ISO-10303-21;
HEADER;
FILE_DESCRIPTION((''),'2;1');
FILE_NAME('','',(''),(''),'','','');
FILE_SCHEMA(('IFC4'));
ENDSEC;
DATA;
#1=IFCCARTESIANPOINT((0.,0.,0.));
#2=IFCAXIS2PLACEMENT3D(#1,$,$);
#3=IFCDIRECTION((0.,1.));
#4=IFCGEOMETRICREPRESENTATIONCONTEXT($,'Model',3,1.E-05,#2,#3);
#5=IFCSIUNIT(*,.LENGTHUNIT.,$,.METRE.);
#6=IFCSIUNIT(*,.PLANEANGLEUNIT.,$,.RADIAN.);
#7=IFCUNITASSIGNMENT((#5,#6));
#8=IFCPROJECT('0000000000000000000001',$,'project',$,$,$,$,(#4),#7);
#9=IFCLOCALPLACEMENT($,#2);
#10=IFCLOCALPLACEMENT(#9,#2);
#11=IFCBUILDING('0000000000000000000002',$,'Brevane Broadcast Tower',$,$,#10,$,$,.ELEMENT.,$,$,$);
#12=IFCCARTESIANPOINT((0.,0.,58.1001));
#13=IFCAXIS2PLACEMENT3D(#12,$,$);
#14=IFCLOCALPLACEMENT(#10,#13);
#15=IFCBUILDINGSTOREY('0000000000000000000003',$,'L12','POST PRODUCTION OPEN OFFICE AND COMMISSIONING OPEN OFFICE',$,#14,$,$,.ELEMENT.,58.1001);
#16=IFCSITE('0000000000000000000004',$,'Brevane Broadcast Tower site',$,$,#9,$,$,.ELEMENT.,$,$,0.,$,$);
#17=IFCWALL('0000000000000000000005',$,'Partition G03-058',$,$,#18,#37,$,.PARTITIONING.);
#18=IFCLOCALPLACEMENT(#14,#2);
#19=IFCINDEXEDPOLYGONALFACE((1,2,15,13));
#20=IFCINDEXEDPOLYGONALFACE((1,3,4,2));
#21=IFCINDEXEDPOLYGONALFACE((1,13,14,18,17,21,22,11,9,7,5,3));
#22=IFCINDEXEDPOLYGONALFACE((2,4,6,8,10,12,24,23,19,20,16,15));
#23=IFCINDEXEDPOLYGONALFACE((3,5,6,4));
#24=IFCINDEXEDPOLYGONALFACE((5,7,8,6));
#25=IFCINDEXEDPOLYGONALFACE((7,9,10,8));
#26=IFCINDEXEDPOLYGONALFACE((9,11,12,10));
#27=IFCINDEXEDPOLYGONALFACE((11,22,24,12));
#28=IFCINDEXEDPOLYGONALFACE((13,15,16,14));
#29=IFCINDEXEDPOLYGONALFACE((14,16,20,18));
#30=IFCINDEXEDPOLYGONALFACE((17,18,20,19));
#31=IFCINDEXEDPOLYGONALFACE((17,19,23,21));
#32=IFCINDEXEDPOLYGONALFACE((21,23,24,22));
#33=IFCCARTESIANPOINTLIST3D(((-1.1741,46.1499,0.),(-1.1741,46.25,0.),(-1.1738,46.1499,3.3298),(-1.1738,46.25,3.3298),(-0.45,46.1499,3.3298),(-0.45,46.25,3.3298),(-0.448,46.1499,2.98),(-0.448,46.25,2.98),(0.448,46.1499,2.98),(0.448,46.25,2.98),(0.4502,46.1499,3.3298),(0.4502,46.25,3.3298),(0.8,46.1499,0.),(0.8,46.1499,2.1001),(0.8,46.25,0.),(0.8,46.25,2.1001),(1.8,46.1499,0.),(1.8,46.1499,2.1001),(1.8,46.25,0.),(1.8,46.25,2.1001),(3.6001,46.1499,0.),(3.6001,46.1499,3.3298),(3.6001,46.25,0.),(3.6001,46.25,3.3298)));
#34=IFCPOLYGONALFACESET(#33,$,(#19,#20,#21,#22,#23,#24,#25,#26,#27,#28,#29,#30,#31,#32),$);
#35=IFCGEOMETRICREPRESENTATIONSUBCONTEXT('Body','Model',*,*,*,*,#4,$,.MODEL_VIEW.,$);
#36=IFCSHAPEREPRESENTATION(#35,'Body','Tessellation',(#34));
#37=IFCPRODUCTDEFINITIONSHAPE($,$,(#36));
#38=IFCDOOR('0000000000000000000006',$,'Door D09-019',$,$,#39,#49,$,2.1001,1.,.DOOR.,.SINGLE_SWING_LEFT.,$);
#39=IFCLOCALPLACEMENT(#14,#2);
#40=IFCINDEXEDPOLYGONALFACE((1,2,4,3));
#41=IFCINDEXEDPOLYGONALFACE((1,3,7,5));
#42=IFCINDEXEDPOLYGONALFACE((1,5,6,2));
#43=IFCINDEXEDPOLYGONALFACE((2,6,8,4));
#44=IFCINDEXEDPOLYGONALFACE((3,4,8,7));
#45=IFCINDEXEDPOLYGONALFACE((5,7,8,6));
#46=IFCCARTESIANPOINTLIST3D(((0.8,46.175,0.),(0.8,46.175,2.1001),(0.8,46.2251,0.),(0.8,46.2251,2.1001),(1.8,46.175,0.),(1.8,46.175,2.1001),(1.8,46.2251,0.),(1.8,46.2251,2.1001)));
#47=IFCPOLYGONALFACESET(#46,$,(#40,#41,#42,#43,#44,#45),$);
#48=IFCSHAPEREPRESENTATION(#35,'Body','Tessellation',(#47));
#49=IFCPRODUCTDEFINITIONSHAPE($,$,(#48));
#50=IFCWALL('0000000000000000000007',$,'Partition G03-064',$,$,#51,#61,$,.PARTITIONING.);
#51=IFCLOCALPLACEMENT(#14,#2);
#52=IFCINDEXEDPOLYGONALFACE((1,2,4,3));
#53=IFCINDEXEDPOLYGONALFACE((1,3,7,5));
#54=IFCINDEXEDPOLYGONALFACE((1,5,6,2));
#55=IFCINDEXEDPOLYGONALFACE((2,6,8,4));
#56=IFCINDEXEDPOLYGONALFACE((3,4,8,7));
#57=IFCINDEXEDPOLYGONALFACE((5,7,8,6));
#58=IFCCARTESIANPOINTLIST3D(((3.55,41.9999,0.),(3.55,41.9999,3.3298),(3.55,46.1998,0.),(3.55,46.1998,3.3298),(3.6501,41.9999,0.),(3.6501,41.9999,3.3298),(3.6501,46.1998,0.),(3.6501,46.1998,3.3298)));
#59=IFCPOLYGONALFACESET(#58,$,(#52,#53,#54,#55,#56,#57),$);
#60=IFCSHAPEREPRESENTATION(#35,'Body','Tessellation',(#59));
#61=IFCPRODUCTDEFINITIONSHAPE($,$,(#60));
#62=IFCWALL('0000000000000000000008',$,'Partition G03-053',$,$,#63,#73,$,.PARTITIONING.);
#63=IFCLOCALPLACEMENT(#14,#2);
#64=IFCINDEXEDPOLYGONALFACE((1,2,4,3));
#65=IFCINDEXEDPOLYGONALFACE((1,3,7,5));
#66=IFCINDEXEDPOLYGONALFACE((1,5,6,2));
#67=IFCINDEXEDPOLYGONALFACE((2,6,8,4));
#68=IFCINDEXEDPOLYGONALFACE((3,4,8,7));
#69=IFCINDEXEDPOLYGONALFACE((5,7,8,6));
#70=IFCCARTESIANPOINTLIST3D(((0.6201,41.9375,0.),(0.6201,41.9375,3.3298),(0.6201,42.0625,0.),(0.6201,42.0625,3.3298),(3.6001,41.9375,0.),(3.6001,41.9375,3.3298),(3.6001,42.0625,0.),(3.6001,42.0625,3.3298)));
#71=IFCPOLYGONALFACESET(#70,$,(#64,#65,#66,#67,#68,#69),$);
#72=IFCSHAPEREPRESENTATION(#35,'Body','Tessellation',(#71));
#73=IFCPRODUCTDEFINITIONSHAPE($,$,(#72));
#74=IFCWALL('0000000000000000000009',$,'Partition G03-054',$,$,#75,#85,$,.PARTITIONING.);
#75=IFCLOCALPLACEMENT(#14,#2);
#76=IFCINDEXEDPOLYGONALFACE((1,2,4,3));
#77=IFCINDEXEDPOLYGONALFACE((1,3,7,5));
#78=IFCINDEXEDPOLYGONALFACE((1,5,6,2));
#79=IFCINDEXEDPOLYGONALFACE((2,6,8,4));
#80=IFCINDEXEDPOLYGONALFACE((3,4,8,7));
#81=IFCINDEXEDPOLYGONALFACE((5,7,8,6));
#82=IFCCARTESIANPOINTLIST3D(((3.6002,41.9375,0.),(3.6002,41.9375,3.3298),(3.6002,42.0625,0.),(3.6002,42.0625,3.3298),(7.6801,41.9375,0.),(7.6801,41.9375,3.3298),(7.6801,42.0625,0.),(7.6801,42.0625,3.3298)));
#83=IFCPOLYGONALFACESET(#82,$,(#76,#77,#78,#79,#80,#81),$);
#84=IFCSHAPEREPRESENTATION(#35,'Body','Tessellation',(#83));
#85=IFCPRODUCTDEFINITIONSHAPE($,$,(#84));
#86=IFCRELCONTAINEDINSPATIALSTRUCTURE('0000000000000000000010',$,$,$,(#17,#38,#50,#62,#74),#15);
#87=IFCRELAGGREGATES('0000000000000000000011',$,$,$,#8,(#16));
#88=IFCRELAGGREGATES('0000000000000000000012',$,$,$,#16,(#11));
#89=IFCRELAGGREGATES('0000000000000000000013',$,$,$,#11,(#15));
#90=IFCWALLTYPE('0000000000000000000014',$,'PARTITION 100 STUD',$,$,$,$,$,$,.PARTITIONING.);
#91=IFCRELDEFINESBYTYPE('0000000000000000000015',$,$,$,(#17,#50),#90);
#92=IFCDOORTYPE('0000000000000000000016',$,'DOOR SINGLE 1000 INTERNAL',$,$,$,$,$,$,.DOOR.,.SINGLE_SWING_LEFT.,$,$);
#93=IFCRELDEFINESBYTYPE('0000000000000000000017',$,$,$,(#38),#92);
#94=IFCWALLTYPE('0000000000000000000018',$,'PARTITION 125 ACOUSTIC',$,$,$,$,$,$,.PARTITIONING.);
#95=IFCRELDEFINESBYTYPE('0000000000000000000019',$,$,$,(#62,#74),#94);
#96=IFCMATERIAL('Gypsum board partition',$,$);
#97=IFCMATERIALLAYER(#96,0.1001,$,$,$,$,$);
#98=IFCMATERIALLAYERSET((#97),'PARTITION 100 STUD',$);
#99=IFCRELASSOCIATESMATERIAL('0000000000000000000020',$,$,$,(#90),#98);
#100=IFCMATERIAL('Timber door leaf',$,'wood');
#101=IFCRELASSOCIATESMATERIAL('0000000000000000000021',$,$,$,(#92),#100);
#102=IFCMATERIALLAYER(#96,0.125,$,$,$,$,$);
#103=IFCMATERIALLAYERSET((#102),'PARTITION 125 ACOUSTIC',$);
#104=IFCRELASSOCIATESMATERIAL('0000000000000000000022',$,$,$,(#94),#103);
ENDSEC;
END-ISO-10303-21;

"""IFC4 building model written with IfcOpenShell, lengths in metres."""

from ifc_helpers import new_model, si_unit, direction, frame, frame_2d, origin, place, context, subcontext, project, spatial, polyline, rectangle, outline, extrude, material, layer, layer_set, type_object, element, fill, save


model = new_model("IFC4")

# Units and contexts
model_context = context("Model", 3, precision=1e-05, world=origin(), true_north=direction((0.0, 1.0)))
body_context = subcontext(model_context, "Body", "Model", "MODEL_VIEW")
ifc_project = project(units=[si_unit("LENGTHUNIT", "METRE"), si_unit("PLANEANGLEUNIT", "RADIAN")], contexts=[model_context])

# Site, building, storey
site_placement = place(None, origin())
site = spatial("IfcSite", under=ifc_project, at=site_placement, Name="Brevane Broadcast Tower site", CompositionType="ELEMENT", RefElevation=0.0)
building_placement = place(site_placement, origin())
building = spatial("IfcBuilding", under=site, at=building_placement, Name="Brevane Broadcast Tower", CompositionType="ELEMENT")
storey_placement = place(building_placement, frame((0.0, 0.0, 58.1001)))
storey = spatial("IfcBuildingStorey", under=building, at=storey_placement, Name="L12", Description="POST PRODUCTION OPEN OFFICE AND COMMISSIONING OPEN OFFICE", CompositionType="ELEMENT", Elevation=58.1001)

# Wall, opening, door
ifc_material_1 = material(Name="Gypsum board partition")
ifc_layer_1 = layer(ifc_material_1, 0.1001)
ifc_layer_set_1 = layer_set([ifc_layer_1], Name="PARTITION 100 STUD")
wall_type_1 = type_object("IfcWallType", Name="PARTITION 100 STUD", PredefinedType="PARTITIONING", material=ifc_layer_set_1)
ifc_material_2 = material(Name="Timber door leaf", Category="wood")
door_type = type_object("IfcDoorType", Name="DOOR SINGLE 1000 INTERNAL", OperationType="SINGLE_SWING_LEFT", PredefinedType="DOOR", material=ifc_material_2)
wall_1_placement = place(storey_placement, frame((3.6001, 46.2, 0.0), z_axis=(0.0, 0.0, 1.0), x_axis=(-1.0, 0.0, 0.0)))
wall_1 = element("IfcWall", 1, at=wall_1_placement, inside=storey, type_object=wall_type_1, Name="Partition G03-058", PredefinedType="PARTITIONING", context=body_context, shape_type="SweptSolid", body=[
    extrude(outline(polyline([(0.0, 0.0), (4.7742, 0.0), (4.7739, 3.3298), (4.7, 3.3298), (4.05, 3.3298), (4.0481, 2.98), (3.1521, 2.98), (3.1499, 3.3298), (0.0, 3.3298), (0.0, 0.0)])), frame((0.0, 0.05, 0.0), z_axis=(0.0, -1.0, 0.0), x_axis=(1.0, 0.0, 0.0)), (0.0, 0.0, 1.0), 0.1001),
])
opening_1_placement = place(wall_1_placement, frame((1.8, 0.0, 0.0)))
opening_1 = element("IfcOpeningElement", 2, at=opening_1_placement, cuts=wall_1, PredefinedType="OPENING", context=body_context, shape_type="SweptSolid", body=[
    extrude(rectangle(XDim=1.0, YDim=2.1001, at=frame_2d((0.5, 1.05))), frame((0.0, 0.0601, 0.0), z_axis=(0.0, -1.0, 0.0), x_axis=(1.0, 0.0, 0.0)), (0.0, 0.0, 1.0), 0.1201),
])
door_1_placement = place(opening_1_placement, origin())
door_1 = element("IfcDoor", 3, at=door_1_placement, inside=storey, type_object=door_type, Name="Door D09-019", OperationType="SINGLE_SWING_LEFT", OverallHeight=2.1001, OverallWidth=1.0, PredefinedType="DOOR", context=body_context, shape_type="SweptSolid", body=[
    extrude(rectangle(XDim=1.0, YDim=2.1001, at=frame_2d((0.5, 1.05))), frame((0.0, 0.0249, 0.0), z_axis=(0.0, -1.0, 0.0), x_axis=(1.0, 0.0, 0.0)), (0.0, 0.0, 1.0), 0.05),
])
fill(opening_1, door_1)

# Walls
wall_2_placement = place(storey_placement, frame((3.6001, 46.2, 0.0), z_axis=(0.0, 0.0, 1.0), x_axis=(0.0, -1.0, 0.0)))
element("IfcWall", 4, at=wall_2_placement, inside=storey, type_object=wall_type_1, Name="Partition G03-064", PredefinedType="PARTITIONING", context=body_context, shape_type="SweptSolid", body=[
    extrude(rectangle(XDim=4.2, YDim=0.1001, at=frame_2d((2.1001, 0.0))), origin(), (0.0, 0.0, 1.0), 3.3298),
])
ifc_layer_2 = layer(ifc_material_1, 0.125)
ifc_layer_set_2 = layer_set([ifc_layer_2], Name="PARTITION 125 ACOUSTIC")
wall_type_2 = type_object("IfcWallType", Name="PARTITION 125 ACOUSTIC", PredefinedType="PARTITIONING", material=ifc_layer_set_2)
wall_3_placement = place(storey_placement, frame((0.6201, 42.0, 0.0), z_axis=(0.0, 0.0, 1.0), x_axis=(1.0, 0.0, 0.0)))
element("IfcWall", 5, at=wall_3_placement, inside=storey, type_object=wall_type_2, Name="Partition G03-053", PredefinedType="PARTITIONING", context=body_context, shape_type="SweptSolid", body=[
    extrude(rectangle(XDim=2.98, YDim=0.125, at=frame_2d((1.49, 0.0))), origin(), (0.0, 0.0, 1.0), 3.3298),
])
wall_4_placement = place(storey_placement, frame((3.6001, 42.0, 0.0), z_axis=(0.0, 0.0, 1.0), x_axis=(1.0, 0.0, 0.0)))
element("IfcWall", 6, at=wall_4_placement, inside=storey, type_object=wall_type_2, Name="Partition G03-054", PredefinedType="PARTITIONING", context=body_context, shape_type="SweptSolid", body=[
    extrude(rectangle(XDim=4.0798, YDim=0.125, at=frame_2d((2.04, 0.0))), origin(), (0.0, 0.0, 1.0), 3.3298),
])

save(model, "model.ifc")
